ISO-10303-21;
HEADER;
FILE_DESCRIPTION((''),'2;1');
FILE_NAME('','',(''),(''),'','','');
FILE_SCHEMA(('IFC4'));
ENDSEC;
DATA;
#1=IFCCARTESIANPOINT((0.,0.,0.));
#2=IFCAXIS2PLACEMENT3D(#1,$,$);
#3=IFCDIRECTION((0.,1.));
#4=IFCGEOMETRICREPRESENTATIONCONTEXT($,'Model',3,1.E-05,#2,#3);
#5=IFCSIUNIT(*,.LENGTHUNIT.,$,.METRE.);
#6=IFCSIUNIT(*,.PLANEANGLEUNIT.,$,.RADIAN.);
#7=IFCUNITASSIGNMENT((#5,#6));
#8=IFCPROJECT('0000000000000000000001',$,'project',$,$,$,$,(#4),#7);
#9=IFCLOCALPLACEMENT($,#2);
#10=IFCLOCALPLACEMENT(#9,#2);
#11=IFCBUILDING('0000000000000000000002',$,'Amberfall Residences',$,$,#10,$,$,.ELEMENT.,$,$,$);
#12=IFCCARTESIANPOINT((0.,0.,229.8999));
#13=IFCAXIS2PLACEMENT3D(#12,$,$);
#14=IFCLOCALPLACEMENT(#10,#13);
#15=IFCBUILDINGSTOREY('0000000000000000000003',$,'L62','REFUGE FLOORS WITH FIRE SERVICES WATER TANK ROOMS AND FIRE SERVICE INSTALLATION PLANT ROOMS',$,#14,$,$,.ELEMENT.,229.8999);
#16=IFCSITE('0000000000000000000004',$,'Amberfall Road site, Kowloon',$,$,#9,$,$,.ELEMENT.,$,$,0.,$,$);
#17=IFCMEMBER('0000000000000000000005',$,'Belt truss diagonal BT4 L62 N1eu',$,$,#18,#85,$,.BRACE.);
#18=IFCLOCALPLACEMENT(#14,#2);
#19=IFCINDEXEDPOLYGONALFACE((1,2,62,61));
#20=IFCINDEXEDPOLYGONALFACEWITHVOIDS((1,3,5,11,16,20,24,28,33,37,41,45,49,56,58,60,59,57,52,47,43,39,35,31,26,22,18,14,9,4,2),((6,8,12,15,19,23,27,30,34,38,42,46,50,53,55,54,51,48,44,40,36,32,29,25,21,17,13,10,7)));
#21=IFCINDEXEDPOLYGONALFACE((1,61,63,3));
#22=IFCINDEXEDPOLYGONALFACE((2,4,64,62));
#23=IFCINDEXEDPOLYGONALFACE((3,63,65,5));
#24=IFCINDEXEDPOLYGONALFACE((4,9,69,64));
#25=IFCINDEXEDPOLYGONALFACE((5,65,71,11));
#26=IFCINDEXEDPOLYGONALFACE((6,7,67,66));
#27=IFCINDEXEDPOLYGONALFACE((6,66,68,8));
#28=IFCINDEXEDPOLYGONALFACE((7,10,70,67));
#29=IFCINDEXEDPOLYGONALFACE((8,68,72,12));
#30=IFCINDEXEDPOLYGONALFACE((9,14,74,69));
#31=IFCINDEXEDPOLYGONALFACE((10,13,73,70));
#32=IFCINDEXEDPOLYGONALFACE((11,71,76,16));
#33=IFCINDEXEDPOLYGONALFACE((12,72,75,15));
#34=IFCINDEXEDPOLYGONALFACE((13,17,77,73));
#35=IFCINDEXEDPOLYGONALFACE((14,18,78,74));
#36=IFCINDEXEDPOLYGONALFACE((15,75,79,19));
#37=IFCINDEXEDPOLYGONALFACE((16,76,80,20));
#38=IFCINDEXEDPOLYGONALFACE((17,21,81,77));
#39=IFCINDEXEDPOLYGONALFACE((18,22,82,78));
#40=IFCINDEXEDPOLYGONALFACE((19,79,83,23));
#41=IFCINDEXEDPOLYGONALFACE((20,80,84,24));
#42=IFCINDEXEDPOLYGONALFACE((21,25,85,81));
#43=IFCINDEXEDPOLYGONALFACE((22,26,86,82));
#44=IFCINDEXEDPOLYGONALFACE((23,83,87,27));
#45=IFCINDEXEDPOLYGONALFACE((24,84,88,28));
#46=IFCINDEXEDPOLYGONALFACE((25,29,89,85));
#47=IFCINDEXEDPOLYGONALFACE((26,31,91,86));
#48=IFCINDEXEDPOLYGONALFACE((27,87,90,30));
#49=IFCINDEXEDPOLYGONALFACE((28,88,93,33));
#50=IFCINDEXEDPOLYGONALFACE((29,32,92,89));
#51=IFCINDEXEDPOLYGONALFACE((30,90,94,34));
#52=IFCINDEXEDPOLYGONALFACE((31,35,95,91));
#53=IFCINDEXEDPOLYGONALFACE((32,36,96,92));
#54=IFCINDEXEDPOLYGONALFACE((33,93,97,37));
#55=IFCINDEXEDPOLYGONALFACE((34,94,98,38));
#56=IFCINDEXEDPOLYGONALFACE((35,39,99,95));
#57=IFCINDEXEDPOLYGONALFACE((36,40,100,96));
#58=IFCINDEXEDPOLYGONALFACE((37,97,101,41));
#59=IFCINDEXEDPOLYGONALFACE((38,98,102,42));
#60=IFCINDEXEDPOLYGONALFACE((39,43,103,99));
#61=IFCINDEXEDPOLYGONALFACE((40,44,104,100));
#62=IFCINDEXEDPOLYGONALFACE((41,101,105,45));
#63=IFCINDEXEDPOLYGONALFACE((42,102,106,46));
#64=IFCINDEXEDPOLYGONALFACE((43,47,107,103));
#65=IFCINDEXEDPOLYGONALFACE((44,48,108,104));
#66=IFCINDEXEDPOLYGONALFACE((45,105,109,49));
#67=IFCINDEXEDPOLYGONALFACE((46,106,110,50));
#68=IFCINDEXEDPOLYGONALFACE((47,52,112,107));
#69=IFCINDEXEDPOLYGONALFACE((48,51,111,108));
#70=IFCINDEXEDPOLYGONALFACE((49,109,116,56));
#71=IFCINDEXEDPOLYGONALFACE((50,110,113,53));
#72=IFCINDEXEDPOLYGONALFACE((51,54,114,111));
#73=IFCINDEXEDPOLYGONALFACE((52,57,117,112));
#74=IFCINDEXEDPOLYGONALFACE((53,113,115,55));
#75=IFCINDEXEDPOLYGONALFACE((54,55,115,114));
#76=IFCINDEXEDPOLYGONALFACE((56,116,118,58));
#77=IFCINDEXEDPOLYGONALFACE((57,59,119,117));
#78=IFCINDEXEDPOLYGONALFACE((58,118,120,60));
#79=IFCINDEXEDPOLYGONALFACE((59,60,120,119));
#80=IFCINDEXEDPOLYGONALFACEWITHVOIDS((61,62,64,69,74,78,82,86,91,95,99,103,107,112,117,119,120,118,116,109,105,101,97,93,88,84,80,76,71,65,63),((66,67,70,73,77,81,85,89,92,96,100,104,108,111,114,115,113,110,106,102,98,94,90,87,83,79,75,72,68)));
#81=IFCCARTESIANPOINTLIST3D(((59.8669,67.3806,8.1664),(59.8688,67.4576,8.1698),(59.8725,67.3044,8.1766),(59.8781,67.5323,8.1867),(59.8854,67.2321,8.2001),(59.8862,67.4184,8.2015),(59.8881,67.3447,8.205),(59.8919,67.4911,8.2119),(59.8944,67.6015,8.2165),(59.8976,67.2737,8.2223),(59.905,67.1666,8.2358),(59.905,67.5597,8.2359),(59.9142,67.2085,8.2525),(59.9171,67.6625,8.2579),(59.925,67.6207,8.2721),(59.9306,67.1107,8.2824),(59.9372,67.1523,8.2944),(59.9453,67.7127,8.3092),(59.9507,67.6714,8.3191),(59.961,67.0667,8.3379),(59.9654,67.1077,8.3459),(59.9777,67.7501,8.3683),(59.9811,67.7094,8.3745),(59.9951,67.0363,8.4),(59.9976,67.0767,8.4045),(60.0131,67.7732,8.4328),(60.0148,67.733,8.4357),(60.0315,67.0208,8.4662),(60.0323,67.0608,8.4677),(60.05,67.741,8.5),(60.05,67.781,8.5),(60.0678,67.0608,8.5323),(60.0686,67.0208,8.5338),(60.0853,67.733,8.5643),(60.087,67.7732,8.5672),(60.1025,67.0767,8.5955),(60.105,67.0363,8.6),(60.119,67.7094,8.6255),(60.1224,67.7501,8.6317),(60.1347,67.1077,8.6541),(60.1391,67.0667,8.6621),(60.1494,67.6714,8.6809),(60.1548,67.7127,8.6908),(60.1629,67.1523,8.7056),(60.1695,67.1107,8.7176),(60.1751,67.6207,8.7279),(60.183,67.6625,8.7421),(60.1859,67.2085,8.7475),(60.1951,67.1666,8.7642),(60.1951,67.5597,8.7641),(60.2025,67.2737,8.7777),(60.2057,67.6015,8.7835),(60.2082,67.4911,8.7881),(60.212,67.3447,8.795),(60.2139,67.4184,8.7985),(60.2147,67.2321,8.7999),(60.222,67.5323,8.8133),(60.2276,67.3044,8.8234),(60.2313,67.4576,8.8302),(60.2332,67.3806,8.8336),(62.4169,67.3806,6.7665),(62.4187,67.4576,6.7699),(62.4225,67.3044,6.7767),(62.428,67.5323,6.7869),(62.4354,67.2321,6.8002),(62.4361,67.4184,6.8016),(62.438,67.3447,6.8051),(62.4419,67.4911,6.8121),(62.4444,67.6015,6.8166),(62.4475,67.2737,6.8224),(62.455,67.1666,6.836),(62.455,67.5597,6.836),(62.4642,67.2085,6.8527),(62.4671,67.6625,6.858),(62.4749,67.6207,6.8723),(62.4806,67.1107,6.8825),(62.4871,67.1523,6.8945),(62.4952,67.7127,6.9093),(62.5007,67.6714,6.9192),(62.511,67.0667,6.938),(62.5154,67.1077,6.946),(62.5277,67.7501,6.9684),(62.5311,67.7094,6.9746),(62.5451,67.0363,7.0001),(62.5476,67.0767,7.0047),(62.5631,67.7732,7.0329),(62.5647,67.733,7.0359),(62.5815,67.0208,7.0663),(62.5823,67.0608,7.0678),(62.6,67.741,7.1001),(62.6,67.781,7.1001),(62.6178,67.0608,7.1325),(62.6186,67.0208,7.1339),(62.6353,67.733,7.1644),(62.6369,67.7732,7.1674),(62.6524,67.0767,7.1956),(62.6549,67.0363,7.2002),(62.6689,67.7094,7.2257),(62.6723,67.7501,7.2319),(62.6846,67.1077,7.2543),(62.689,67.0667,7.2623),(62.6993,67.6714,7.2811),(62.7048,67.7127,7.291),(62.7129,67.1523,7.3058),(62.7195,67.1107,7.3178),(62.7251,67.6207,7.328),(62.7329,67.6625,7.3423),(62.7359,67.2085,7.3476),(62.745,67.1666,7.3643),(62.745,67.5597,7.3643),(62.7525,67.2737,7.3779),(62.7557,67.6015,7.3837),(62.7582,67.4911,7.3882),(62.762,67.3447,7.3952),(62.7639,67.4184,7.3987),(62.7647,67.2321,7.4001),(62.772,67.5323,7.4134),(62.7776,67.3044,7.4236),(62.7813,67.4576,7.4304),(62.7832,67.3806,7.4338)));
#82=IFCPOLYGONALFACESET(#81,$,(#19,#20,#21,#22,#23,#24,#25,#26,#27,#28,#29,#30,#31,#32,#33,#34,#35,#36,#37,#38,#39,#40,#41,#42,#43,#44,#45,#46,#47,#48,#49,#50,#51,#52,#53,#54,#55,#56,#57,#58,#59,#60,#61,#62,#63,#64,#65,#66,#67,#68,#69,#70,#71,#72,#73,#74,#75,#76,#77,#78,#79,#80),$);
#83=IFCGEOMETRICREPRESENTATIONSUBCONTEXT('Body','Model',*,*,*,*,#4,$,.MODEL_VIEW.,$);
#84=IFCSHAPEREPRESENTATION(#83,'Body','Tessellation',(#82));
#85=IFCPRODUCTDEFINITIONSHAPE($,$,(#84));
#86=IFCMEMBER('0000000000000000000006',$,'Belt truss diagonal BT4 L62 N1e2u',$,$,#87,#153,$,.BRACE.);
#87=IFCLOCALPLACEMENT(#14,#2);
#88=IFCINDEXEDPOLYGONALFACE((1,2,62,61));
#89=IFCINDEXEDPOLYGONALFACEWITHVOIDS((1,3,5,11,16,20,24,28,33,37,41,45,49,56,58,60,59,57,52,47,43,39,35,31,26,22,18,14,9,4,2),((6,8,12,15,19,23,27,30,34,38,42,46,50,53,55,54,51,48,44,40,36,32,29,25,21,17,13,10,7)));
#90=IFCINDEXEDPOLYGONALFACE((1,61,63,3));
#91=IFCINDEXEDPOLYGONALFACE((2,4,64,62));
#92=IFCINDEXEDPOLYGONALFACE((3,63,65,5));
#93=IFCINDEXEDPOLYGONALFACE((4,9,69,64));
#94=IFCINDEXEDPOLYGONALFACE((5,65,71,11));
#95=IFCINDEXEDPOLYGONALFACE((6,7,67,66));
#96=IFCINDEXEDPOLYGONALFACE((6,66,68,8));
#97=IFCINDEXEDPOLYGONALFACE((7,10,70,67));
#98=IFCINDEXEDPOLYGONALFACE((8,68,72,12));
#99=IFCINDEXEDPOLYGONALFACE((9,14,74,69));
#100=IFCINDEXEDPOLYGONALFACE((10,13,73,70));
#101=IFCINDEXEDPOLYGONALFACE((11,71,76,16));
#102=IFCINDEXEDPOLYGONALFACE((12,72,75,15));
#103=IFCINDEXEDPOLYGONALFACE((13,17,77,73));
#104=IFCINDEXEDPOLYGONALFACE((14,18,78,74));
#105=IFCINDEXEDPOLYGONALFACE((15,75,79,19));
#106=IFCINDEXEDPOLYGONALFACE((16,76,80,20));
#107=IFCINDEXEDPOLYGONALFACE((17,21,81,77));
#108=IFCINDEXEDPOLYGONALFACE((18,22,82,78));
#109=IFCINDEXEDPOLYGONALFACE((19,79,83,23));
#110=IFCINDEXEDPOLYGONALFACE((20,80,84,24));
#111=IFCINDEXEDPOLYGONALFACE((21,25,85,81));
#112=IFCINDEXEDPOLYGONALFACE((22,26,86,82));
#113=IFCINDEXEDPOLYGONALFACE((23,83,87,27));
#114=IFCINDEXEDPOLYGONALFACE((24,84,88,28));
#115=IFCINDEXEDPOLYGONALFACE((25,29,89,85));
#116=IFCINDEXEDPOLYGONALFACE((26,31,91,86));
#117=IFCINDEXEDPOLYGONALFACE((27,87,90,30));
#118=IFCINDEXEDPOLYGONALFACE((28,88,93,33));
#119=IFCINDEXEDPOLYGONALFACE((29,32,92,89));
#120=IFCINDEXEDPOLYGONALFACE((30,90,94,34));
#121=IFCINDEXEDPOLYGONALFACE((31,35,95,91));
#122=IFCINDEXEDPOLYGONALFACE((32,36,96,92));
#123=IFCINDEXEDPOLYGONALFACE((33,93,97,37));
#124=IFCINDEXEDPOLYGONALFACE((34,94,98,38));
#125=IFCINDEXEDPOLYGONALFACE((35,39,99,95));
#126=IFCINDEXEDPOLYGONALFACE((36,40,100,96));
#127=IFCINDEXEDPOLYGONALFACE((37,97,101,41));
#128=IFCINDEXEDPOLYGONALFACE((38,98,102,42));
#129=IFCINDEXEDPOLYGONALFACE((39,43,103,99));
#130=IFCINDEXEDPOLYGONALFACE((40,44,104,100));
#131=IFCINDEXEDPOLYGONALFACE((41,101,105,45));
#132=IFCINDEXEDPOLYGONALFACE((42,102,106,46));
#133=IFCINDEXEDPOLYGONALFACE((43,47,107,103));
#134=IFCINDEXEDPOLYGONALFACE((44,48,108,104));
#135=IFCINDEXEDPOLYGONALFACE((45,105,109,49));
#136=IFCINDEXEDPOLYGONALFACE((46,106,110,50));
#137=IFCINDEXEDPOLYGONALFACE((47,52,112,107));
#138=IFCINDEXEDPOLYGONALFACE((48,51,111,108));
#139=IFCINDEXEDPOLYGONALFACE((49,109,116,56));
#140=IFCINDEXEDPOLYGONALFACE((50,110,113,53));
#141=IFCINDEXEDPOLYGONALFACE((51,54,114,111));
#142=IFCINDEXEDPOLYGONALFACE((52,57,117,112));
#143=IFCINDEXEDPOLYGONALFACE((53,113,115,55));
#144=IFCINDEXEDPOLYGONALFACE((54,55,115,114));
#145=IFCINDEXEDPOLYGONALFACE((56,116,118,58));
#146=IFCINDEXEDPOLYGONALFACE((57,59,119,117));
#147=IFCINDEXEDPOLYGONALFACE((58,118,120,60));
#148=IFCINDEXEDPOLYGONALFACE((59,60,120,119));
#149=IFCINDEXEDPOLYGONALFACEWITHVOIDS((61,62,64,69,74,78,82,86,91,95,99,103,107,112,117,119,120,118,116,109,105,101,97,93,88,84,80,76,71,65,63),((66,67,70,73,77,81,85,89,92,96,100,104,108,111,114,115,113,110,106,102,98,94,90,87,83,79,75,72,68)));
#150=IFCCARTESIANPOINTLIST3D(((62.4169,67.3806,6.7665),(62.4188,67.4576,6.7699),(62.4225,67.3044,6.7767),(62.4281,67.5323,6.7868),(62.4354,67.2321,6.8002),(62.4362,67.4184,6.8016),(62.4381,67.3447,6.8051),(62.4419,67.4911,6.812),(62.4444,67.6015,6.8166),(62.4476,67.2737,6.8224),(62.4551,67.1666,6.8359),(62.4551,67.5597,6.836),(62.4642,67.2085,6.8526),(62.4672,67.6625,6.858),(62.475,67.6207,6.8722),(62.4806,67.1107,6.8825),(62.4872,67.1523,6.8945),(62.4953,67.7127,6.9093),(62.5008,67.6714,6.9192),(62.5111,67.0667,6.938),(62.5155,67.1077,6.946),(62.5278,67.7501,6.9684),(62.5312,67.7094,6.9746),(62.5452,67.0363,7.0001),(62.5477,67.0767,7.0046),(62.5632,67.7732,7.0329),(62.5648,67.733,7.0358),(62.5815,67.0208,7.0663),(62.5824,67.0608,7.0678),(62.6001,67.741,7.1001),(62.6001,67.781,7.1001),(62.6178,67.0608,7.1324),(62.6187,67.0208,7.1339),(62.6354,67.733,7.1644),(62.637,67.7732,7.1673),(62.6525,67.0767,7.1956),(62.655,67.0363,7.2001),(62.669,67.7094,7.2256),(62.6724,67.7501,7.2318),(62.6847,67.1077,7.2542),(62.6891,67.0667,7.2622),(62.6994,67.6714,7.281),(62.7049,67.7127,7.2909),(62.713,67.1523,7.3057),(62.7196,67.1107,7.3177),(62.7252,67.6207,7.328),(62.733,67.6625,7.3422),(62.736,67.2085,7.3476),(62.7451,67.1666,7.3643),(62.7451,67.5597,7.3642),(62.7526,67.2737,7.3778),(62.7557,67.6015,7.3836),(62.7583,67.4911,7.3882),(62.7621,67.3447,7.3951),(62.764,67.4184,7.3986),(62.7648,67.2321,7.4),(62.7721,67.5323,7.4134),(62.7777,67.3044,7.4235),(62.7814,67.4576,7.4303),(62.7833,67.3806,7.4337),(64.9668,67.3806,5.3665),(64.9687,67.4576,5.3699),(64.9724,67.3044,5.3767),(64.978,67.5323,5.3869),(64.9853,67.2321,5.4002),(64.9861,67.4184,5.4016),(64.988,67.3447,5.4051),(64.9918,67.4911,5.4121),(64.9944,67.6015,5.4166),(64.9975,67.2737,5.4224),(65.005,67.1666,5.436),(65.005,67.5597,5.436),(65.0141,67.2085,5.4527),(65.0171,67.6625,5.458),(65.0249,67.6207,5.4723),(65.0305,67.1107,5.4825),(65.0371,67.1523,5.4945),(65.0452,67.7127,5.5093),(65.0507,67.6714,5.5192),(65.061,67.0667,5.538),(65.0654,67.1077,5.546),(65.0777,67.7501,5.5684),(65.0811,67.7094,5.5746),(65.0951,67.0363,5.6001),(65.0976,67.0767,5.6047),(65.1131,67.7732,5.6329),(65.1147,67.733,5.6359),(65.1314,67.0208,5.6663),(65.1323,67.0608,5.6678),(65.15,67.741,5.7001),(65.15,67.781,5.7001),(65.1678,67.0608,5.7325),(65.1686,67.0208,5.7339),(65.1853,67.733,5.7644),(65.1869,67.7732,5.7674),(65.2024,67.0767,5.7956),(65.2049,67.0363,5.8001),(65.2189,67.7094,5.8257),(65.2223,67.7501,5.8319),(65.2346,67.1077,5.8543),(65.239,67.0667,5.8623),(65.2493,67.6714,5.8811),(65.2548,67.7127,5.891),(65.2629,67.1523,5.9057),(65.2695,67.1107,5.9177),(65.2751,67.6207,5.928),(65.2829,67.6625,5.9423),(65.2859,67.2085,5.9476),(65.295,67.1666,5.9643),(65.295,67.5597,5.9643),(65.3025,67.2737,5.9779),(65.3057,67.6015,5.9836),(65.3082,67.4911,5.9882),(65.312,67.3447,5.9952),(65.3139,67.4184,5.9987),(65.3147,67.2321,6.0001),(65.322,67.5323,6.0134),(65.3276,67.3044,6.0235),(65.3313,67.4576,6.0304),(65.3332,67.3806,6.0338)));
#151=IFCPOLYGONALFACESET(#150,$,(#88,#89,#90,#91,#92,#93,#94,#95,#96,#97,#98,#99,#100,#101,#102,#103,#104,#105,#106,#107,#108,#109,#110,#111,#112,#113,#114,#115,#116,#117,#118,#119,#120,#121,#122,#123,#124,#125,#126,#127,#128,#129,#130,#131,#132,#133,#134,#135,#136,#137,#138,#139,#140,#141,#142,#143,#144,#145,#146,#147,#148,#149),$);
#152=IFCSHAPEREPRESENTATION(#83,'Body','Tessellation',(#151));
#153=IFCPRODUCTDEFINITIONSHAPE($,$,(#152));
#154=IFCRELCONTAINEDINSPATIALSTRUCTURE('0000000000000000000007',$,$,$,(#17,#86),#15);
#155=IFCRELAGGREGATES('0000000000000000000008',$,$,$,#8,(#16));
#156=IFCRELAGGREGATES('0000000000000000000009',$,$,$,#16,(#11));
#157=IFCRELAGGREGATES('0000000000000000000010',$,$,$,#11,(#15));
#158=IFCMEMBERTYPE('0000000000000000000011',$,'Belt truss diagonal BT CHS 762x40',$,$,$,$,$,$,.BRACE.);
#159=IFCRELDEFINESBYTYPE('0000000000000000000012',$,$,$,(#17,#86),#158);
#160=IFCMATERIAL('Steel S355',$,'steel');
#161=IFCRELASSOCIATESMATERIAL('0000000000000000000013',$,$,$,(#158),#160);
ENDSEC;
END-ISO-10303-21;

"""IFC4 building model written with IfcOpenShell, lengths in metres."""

from ifc_helpers import new_model, si_unit, direction, frame, origin, origin_2d, place, context, subcontext, project, spatial, hollow_circle, extrude, material, material_profile, profile_set, type_object, element, save


model = new_model("IFC4")

# Units and contexts
model_context = context("Model", 3, precision=1e-05, world=origin(), true_north=direction((0.0, 1.0)))
body_context = subcontext(model_context, "Body", "Model", "MODEL_VIEW")
ifc_project = project(units=[si_unit("LENGTHUNIT", "METRE"), si_unit("PLANEANGLEUNIT", "RADIAN")], contexts=[model_context])

# Site, building, storey
site_placement = place(None, origin())
site = spatial("IfcSite", under=ifc_project, at=site_placement, Name="Amberfall Road site, Kowloon", CompositionType="ELEMENT", RefElevation=0.0)
building_placement = place(site_placement, origin())
building = spatial("IfcBuilding", under=site, at=building_placement, Name="Amberfall Residences", CompositionType="ELEMENT")
storey_placement = place(building_placement, frame((0.0, 0.0, 229.8999)))
storey = spatial("IfcBuildingStorey", under=building, at=storey_placement, Name="L62", Description="REFUGE FLOORS WITH FIRE SERVICES WATER TANK ROOMS AND FIRE SERVICE INSTALLATION PLANT ROOMS", CompositionType="ELEMENT", Elevation=229.8999)

# Shared definitions
ifc_material_1 = material(Name="Steel S355", Category="steel")

# Members
ifc_material_profile_1 = material_profile(ifc_material_1, hollow_circle(Radius=0.3811, WallThickness=0.04, at=origin_2d()), Name="CHS 762x40")
ifc_profile_set_1 = profile_set([ifc_material_profile_1], Name="Steel S355")
member_type = type_object("IfcMemberType", Name="Belt truss diagonal BT CHS 762x40", PredefinedType="BRACE", material=ifc_profile_set_1)
for number, where, z_axis, x_axis, name in (
    (1, (60.05, 67.3999, 8.5), (0.876597, 0.0, -0.481226), (0.0, 1.0, 0.0), "Belt truss diagonal BT4 L62 N1eu"),
    (2, (62.6001, 67.3999, 7.1001), (0.876577, 0.0, -0.481261), (0.0, 1.0, 0.0), "Belt truss diagonal BT4 L62 N1e2u"),
):
    element("IfcMember", number, at=place(storey_placement, frame(where, z_axis=z_axis, x_axis=x_axis)), inside=storey, type_object=member_type, Name=name, PredefinedType="BRACE", context=body_context, shape_type="SweptSolid", body=[
        extrude(hollow_circle(Radius=0.3811, WallThickness=0.04, at=origin_2d()), origin(), (0.0, 0.0, 1.0), 2.9089),
    ])

save(model, "model.ifc")
